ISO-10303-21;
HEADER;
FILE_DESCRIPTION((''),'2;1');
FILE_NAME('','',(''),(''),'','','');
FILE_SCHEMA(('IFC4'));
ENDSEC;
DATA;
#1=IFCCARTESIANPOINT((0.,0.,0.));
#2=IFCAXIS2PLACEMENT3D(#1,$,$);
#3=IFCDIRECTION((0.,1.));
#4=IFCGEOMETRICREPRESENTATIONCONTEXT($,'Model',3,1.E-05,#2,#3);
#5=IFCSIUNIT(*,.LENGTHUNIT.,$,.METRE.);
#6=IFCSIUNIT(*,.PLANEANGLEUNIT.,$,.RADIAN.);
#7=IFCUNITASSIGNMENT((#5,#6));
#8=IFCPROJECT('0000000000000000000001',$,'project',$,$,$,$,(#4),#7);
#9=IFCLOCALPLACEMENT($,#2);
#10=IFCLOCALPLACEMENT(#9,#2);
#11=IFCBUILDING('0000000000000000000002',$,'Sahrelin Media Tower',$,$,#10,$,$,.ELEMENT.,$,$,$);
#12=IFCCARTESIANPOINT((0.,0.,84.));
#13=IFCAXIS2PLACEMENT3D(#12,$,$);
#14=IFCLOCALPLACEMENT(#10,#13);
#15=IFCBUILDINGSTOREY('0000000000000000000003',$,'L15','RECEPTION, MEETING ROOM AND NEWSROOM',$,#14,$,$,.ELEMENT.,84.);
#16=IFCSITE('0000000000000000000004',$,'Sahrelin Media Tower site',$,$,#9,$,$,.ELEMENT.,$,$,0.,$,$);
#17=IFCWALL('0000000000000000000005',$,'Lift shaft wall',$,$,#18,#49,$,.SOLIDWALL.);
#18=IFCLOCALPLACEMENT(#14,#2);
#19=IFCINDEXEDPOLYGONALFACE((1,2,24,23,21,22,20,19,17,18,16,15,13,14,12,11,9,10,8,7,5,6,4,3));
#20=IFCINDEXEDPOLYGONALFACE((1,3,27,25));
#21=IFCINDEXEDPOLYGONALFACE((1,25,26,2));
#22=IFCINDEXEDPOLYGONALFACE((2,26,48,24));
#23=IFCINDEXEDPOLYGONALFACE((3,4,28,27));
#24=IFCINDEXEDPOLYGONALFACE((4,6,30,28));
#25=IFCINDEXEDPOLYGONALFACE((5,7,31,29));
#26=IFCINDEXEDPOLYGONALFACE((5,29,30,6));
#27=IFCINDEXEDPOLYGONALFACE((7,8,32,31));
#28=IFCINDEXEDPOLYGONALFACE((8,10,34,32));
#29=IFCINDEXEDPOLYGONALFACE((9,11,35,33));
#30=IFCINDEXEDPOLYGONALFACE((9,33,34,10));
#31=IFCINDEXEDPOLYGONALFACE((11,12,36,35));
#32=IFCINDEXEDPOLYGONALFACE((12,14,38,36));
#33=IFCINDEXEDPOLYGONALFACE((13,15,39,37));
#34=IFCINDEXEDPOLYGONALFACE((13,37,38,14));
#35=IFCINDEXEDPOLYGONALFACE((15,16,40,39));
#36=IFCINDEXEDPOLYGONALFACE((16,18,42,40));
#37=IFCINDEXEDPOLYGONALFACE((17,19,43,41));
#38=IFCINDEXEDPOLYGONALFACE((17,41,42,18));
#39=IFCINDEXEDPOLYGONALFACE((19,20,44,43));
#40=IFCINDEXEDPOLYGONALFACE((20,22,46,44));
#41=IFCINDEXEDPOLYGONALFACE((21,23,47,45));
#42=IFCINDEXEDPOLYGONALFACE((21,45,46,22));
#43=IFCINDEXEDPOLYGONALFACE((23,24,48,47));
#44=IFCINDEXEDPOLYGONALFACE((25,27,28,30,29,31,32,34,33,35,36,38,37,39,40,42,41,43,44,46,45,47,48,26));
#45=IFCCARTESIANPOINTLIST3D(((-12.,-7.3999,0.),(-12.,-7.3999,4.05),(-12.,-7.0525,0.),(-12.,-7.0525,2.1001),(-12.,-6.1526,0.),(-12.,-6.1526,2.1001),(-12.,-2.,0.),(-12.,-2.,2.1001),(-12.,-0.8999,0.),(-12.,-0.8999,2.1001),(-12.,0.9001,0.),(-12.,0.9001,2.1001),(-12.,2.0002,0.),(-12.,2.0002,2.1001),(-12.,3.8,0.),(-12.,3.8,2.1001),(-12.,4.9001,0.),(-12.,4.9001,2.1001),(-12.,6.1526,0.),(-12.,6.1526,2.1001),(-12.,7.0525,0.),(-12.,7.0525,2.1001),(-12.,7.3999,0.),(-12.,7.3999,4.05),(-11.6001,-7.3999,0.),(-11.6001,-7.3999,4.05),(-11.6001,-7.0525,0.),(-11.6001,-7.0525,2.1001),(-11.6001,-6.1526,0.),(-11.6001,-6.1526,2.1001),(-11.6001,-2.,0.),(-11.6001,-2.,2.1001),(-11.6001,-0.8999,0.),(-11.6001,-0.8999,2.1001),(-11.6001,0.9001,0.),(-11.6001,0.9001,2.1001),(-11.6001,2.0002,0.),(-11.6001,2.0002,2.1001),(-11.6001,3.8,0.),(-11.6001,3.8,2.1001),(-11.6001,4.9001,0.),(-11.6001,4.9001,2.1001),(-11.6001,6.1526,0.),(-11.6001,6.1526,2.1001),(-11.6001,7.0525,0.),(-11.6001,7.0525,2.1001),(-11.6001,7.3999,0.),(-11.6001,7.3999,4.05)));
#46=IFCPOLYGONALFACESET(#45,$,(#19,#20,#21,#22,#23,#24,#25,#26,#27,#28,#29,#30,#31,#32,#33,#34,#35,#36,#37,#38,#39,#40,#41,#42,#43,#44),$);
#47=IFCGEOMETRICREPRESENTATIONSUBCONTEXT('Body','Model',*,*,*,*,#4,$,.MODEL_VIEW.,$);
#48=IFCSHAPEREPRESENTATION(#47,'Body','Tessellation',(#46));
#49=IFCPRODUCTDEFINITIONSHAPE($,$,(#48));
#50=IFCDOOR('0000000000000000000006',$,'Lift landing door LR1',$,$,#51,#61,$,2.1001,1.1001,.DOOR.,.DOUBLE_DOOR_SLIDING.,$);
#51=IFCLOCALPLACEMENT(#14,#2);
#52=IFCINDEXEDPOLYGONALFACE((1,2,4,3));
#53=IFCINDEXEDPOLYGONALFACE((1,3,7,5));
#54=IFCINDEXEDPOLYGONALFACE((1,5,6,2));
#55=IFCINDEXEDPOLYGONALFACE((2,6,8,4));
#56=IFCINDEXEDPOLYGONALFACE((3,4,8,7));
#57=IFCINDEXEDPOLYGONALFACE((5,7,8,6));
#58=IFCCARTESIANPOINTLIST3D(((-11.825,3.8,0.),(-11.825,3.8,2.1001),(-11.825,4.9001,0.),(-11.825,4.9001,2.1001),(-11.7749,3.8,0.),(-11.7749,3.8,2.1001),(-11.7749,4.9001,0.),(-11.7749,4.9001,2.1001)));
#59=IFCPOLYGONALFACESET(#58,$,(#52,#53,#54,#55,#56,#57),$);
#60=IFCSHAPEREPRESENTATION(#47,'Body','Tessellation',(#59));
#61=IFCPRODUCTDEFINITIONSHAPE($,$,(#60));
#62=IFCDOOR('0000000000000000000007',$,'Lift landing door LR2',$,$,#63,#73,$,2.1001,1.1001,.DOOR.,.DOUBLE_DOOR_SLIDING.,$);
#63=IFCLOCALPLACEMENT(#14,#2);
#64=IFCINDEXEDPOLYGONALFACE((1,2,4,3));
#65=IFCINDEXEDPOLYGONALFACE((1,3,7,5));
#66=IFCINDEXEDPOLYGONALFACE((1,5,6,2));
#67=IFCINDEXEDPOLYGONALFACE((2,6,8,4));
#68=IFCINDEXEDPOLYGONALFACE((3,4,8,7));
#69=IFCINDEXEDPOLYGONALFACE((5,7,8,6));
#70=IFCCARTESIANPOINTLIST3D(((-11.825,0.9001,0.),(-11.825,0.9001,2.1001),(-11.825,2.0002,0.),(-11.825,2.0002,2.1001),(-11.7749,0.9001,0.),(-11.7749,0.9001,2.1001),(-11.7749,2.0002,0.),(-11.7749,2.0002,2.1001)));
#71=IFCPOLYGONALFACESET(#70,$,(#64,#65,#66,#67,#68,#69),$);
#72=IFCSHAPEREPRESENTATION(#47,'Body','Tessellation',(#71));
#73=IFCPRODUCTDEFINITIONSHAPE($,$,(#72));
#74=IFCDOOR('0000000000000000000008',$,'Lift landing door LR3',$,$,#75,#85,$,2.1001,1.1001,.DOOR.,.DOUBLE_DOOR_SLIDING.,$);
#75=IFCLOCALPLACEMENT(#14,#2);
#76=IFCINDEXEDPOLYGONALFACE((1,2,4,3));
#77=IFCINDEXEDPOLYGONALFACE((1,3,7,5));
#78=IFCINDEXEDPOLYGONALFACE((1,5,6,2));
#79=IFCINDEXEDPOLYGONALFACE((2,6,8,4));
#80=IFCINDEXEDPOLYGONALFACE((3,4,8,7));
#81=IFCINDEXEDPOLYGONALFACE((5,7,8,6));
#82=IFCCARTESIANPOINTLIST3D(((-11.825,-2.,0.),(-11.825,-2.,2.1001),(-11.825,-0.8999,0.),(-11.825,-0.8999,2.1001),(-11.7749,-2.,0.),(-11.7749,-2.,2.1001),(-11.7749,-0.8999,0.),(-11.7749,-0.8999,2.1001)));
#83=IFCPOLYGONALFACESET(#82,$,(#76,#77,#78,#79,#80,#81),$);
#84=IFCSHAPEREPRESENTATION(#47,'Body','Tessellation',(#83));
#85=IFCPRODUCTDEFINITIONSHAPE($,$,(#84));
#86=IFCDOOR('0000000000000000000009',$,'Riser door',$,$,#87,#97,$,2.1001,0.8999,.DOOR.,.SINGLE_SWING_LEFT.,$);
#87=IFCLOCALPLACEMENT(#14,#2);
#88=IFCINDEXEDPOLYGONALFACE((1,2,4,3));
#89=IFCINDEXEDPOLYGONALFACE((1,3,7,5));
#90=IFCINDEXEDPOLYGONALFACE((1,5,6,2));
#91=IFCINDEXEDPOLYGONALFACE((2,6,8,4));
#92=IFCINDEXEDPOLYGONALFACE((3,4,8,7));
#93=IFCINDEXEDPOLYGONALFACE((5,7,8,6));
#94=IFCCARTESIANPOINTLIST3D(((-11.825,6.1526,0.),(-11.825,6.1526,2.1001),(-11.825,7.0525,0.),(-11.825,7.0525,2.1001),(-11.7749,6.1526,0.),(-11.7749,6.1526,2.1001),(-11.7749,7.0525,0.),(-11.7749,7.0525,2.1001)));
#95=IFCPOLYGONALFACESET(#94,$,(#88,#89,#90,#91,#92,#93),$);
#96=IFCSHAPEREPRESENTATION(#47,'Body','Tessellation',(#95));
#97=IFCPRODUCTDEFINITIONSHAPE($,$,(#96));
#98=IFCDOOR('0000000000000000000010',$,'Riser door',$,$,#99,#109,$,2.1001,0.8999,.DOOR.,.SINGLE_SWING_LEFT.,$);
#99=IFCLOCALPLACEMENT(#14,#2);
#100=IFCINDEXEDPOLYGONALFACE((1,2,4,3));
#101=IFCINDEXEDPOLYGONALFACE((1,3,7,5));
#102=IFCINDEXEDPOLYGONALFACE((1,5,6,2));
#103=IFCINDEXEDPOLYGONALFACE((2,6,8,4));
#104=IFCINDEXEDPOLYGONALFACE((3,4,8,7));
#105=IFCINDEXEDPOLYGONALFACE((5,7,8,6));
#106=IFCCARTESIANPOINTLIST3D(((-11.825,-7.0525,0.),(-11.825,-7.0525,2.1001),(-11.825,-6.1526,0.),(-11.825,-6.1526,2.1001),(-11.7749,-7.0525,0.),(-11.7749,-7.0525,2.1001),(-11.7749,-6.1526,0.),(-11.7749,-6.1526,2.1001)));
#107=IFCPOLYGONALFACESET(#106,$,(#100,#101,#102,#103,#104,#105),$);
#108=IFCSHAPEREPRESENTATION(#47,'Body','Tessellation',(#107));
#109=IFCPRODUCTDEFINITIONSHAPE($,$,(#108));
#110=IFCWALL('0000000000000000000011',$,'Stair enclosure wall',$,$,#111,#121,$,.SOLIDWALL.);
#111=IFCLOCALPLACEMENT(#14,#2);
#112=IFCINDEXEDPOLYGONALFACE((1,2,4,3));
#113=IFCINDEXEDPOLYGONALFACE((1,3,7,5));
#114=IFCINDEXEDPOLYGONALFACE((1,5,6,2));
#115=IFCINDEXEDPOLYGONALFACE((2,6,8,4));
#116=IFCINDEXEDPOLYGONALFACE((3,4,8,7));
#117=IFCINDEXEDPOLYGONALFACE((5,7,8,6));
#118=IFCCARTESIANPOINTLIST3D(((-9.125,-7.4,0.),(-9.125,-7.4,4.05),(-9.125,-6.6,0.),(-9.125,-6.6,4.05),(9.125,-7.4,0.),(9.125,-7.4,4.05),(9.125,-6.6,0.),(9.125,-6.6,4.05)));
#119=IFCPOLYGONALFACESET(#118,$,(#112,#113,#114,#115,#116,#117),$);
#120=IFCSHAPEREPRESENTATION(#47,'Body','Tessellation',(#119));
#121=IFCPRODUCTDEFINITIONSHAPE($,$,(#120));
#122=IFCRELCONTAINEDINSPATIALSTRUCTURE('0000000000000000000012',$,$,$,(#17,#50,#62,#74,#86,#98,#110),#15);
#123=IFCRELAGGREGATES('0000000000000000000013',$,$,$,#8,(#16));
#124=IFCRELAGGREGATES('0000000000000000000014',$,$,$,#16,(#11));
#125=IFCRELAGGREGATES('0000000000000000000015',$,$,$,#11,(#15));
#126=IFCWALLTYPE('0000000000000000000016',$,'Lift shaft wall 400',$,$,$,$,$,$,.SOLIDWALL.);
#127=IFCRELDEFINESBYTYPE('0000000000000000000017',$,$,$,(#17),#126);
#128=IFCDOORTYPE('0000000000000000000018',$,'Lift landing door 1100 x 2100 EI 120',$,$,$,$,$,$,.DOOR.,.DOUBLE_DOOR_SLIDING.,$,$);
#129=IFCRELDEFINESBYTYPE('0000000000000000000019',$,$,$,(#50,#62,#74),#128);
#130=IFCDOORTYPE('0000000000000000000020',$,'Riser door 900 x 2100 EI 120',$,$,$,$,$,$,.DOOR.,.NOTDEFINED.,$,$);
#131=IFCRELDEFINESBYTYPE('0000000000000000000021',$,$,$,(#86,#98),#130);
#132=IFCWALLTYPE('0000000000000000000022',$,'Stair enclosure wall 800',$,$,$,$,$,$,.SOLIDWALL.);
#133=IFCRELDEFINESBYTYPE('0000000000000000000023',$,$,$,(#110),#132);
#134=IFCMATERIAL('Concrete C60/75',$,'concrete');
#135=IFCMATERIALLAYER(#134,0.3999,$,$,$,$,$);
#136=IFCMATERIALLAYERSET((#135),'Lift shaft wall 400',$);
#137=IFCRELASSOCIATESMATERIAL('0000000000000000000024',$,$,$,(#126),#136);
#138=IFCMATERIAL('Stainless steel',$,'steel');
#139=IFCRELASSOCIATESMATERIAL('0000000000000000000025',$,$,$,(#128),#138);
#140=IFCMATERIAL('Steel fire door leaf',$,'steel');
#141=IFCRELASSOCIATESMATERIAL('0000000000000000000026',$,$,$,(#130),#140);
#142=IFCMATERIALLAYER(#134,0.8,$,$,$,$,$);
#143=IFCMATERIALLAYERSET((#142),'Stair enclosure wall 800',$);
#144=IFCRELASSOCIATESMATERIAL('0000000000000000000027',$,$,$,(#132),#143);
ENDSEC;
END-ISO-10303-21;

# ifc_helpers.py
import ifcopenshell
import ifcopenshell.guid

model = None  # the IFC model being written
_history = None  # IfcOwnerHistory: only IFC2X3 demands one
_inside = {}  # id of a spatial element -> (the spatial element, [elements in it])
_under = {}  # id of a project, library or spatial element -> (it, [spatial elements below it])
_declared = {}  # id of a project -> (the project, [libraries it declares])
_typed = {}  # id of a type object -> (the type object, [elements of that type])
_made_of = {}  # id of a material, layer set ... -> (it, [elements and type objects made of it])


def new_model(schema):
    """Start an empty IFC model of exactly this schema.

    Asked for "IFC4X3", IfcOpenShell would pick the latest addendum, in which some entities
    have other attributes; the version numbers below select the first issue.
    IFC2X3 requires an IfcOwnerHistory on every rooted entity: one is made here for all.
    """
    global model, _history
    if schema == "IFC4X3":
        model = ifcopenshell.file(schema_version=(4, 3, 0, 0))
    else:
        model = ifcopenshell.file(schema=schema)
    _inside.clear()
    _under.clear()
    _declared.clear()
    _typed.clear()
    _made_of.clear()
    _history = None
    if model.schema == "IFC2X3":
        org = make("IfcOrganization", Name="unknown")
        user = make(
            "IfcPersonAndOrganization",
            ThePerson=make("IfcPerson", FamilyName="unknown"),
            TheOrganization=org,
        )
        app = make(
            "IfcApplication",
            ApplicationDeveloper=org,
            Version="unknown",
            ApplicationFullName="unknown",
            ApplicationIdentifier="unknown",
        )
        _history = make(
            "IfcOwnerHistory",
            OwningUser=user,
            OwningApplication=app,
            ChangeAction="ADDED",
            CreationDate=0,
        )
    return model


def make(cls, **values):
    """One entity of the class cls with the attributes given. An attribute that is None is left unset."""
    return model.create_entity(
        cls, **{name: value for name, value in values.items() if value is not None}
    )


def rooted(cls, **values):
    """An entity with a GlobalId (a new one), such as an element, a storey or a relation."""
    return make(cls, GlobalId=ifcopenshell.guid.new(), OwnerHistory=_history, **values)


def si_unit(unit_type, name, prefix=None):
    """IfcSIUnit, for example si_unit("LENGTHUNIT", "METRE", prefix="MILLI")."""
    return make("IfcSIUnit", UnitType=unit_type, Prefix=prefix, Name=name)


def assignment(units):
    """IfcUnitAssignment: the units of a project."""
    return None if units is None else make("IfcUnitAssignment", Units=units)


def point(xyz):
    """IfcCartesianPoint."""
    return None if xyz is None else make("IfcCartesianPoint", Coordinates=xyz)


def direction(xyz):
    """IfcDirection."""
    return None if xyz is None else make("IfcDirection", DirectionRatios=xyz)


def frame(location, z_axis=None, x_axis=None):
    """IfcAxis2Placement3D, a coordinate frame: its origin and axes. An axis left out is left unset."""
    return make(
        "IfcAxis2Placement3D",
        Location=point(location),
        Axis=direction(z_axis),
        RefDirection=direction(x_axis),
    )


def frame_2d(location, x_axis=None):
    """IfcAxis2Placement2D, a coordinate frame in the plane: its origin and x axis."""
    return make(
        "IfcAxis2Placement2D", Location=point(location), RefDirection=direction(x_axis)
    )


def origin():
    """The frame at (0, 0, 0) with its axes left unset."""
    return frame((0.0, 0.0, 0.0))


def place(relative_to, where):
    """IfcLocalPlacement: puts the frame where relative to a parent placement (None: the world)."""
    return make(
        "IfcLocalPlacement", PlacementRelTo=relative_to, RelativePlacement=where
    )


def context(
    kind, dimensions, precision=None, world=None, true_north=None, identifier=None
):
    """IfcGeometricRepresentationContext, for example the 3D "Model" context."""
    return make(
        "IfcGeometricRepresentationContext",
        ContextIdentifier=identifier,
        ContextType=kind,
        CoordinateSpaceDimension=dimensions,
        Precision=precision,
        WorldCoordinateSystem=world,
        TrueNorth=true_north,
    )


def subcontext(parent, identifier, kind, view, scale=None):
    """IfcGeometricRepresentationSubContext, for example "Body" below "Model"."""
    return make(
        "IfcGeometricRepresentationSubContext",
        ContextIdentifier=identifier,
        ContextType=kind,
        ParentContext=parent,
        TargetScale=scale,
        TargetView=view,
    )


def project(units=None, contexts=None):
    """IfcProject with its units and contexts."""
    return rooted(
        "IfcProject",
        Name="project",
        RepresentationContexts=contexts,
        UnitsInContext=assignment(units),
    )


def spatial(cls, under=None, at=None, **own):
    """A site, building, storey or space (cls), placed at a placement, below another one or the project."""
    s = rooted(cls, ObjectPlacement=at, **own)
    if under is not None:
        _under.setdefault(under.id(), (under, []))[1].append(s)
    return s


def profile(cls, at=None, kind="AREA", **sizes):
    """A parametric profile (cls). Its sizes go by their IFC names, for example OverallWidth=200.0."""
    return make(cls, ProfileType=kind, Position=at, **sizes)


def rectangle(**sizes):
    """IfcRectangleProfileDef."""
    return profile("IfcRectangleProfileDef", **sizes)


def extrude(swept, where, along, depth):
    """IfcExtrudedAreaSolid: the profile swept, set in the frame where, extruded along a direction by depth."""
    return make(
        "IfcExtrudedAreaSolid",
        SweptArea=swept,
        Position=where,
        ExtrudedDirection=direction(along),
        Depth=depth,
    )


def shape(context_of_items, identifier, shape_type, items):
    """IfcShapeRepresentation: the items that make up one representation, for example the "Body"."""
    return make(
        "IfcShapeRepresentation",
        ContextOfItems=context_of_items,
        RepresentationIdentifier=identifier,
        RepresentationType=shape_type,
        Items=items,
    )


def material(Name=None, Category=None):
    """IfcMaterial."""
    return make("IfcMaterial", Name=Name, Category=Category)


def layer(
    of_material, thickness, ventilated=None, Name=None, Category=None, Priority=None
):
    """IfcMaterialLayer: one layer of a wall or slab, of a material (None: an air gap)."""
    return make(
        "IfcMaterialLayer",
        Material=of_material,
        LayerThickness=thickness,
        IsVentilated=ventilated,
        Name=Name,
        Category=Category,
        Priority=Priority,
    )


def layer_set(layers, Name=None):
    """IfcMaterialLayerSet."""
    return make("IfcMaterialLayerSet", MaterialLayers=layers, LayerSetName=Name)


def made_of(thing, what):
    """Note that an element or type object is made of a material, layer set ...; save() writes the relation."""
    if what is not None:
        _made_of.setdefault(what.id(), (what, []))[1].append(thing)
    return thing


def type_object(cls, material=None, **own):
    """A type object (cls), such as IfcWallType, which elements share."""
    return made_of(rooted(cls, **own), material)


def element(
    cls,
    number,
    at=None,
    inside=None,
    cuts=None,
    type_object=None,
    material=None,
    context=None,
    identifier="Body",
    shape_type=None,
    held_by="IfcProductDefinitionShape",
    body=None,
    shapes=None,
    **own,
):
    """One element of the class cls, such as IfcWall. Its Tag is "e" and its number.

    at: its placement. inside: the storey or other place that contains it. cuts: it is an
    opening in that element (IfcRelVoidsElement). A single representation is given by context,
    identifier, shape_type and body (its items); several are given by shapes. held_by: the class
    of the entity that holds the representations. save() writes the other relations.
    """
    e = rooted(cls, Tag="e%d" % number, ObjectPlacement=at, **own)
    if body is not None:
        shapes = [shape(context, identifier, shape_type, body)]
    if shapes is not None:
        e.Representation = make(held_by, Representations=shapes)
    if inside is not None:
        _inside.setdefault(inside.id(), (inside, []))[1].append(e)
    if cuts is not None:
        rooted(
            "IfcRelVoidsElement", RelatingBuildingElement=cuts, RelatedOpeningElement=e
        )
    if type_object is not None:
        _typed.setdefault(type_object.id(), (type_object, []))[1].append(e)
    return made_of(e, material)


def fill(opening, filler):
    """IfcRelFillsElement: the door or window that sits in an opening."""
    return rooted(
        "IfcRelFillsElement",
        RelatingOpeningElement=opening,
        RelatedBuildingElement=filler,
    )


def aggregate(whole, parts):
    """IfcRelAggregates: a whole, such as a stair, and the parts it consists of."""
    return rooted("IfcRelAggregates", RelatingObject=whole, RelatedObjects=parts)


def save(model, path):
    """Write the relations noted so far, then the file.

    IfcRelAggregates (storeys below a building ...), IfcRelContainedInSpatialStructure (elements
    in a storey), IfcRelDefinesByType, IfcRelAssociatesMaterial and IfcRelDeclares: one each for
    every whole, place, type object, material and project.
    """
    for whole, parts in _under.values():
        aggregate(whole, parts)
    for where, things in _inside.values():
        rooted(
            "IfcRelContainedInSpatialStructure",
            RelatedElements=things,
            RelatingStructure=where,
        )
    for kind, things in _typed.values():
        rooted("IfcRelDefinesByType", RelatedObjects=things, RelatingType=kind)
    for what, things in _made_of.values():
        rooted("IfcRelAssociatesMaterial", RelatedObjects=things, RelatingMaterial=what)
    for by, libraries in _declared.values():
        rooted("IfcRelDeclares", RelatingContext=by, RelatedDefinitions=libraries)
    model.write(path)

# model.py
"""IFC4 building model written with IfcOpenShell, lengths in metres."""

from ifc_helpers import new_model, si_unit, direction, frame, frame_2d, origin, place, context, subcontext, project, spatial, rectangle, extrude, material, layer, layer_set, type_object, element, fill, save


model = new_model("IFC4")

# Units and contexts
model_context = context("Model", 3, precision=1e-05, world=origin(), true_north=direction((0.0, 1.0)))
body_context = subcontext(model_context, "Body", "Model", "MODEL_VIEW")
ifc_project = project(units=[si_unit("LENGTHUNIT", "METRE"), si_unit("PLANEANGLEUNIT", "RADIAN")], contexts=[model_context])

# Site, building, storey
site_placement = place(None, origin())
site = spatial("IfcSite", under=ifc_project, at=site_placement, Name="Sahrelin Media Tower site", CompositionType="ELEMENT", RefElevation=0.0)
building_placement = place(site_placement, origin())
building = spatial("IfcBuilding", under=site, at=building_placement, Name="Sahrelin Media Tower", CompositionType="ELEMENT")
storey_placement = place(building_placement, frame((0.0, 0.0, 84.0)))
storey = spatial("IfcBuildingStorey", under=building, at=storey_placement, Name="L15", Description="RECEPTION, MEETING ROOM AND NEWSROOM", CompositionType="ELEMENT", Elevation=84.0)

# Shared definitions
ifc_material_1 = material(Name="Concrete C60/75", Category="concrete")
ifc_material_2 = material(Name="Steel fire door leaf", Category="steel")

# Wall, openings, doors
ifc_layer_1 = layer(ifc_material_1, 0.3999)
ifc_layer_set_1 = layer_set([ifc_layer_1], Name="Lift shaft wall 400")
wall_type_1 = type_object("IfcWallType", Name="Lift shaft wall 400", PredefinedType="SOLIDWALL", material=ifc_layer_set_1)
wall_1_placement = place(storey_placement, frame((-11.8, -7.3999, 0.0), z_axis=(0.0, 0.0, 1.0), x_axis=(0.0, 1.0, 0.0)))
wall_1 = element("IfcWall", 1, at=wall_1_placement, inside=storey, type_object=wall_type_1, Name="Lift shaft wall", PredefinedType="SOLIDWALL", context=body_context, shape_type="SweptSolid", body=[
    extrude(rectangle(XDim=14.7998, YDim=0.3999, at=frame_2d((7.3999, 0.0))), origin(), (0.0, 0.0, 1.0), 4.05),
])
opening_1_placement = place(wall_1_placement, frame((11.2, 0.0, 0.0)))
opening_1 = element("IfcOpeningElement", 2, at=opening_1_placement, cuts=wall_1, PredefinedType="OPENING", context=body_context, shape_type="SweptSolid", body=[
    extrude(rectangle(XDim=1.1001, YDim=2.1001, at=frame_2d((0.55, 1.05))), frame((0.0, 0.2, 0.0), z_axis=(0.0, -1.0, 0.0), x_axis=(1.0, 0.0, 0.0)), (0.0, 0.0, 1.0), 0.3999),
])
opening_2_placement = place(wall_1_placement, frame((8.3, 0.0, 0.0)))
opening_2 = element("IfcOpeningElement", 3, at=opening_2_placement, cuts=wall_1, PredefinedType="OPENING", context=body_context, shape_type="SweptSolid", body=[
    extrude(rectangle(XDim=1.1001, YDim=2.1001, at=frame_2d((0.55, 1.05))), frame((0.0, 0.2, 0.0), z_axis=(0.0, -1.0, 0.0), x_axis=(1.0, 0.0, 0.0)), (0.0, 0.0, 1.0), 0.3999),
])
opening_3_placement = place(wall_1_placement, frame((5.3999, 0.0, 0.0)))
opening_3 = element("IfcOpeningElement", 4, at=opening_3_placement, cuts=wall_1, PredefinedType="OPENING", context=body_context, shape_type="SweptSolid", body=[
    extrude(rectangle(XDim=1.1001, YDim=2.1001, at=frame_2d((0.55, 1.05))), frame((0.0, 0.2, 0.0), z_axis=(0.0, -1.0, 0.0), x_axis=(1.0, 0.0, 0.0)), (0.0, 0.0, 1.0), 0.3999),
])
opening_4_placement = place(wall_1_placement, frame((13.5525, 0.0, 0.0)))
opening_4 = element("IfcOpeningElement", 5, at=opening_4_placement, cuts=wall_1, PredefinedType="OPENING", context=body_context, shape_type="SweptSolid", body=[
    extrude(rectangle(XDim=0.8999, YDim=2.1001, at=frame_2d((0.45, 1.05))), frame((0.0, 0.2, 0.0), z_axis=(0.0, -1.0, 0.0), x_axis=(1.0, 0.0, 0.0)), (0.0, 0.0, 1.0), 0.3999),
])
opening_5_placement = place(wall_1_placement, frame((0.3474, 0.0, 0.0)))
opening_5 = element("IfcOpeningElement", 6, at=opening_5_placement, cuts=wall_1, PredefinedType="OPENING", context=body_context, shape_type="SweptSolid", body=[
    extrude(rectangle(XDim=0.8999, YDim=2.1001, at=frame_2d((0.45, 1.05))), frame((0.0, 0.2, 0.0), z_axis=(0.0, -1.0, 0.0), x_axis=(1.0, 0.0, 0.0)), (0.0, 0.0, 1.0), 0.3999),
])
ifc_material_3 = material(Name="Stainless steel", Category="steel")
door_type_1 = type_object("IfcDoorType", Name="Lift landing door 1100 x 2100 EI 120", OperationType="DOUBLE_DOOR_SLIDING", PredefinedType="DOOR", material=ifc_material_3)
door_1_placement = place(opening_1_placement, origin())
door_1 = element("IfcDoor", 7, at=door_1_placement, inside=storey, type_object=door_type_1, Name="Lift landing door LR1", OperationType="DOUBLE_DOOR_SLIDING", OverallHeight=2.1001, OverallWidth=1.1001, PredefinedType="DOOR", context=body_context, shape_type="SweptSolid", body=[
    extrude(rectangle(XDim=1.1001, YDim=2.1001, at=frame_2d((0.55, 1.05))), frame((0.0, 0.0249, 0.0), z_axis=(0.0, -1.0, 0.0), x_axis=(1.0, 0.0, 0.0)), (0.0, 0.0, 1.0), 0.05),
])
fill(opening_1, door_1)
door_2_placement = place(opening_2_placement, origin())
door_2 = element("IfcDoor", 8, at=door_2_placement, inside=storey, type_object=door_type_1, Name="Lift landing door LR2", OperationType="DOUBLE_DOOR_SLIDING", OverallHeight=2.1001, OverallWidth=1.1001, PredefinedType="DOOR", context=body_context, shape_type="SweptSolid", body=[
    extrude(rectangle(XDim=1.1001, YDim=2.1001, at=frame_2d((0.55, 1.05))), frame((0.0, 0.0249, 0.0), z_axis=(0.0, -1.0, 0.0), x_axis=(1.0, 0.0, 0.0)), (0.0, 0.0, 1.0), 0.05),
])
fill(opening_2, door_2)
door_3_placement = place(opening_3_placement, origin())
door_3 = element("IfcDoor", 9, at=door_3_placement, inside=storey, type_object=door_type_1, Name="Lift landing door LR3", OperationType="DOUBLE_DOOR_SLIDING", OverallHeight=2.1001, OverallWidth=1.1001, PredefinedType="DOOR", context=body_context, shape_type="SweptSolid", body=[
    extrude(rectangle(XDim=1.1001, YDim=2.1001, at=frame_2d((0.55, 1.05))), frame((0.0, 0.0249, 0.0), z_axis=(0.0, -1.0, 0.0), x_axis=(1.0, 0.0, 0.0)), (0.0, 0.0, 1.0), 0.05),
])
fill(opening_3, door_3)
door_type_2 = type_object("IfcDoorType", Name="Riser door 900 x 2100 EI 120", OperationType="NOTDEFINED", PredefinedType="DOOR", material=ifc_material_2)
door_4_placement = place(opening_4_placement, origin())
door_4 = element("IfcDoor", 10, at=door_4_placement, inside=storey, type_object=door_type_2, Name="Riser door", OperationType="SINGLE_SWING_LEFT", OverallHeight=2.1001, OverallWidth=0.8999, PredefinedType="DOOR", context=body_context, shape_type="SweptSolid", body=[
    extrude(rectangle(XDim=0.8999, YDim=2.1001, at=frame_2d((0.45, 1.05))), frame((0.0, 0.0249, 0.0), z_axis=(0.0, -1.0, 0.0), x_axis=(1.0, 0.0, 0.0)), (0.0, 0.0, 1.0), 0.05),
])
fill(opening_4, door_4)
door_5_placement = place(opening_5_placement, origin())
door_5 = element("IfcDoor", 11, at=door_5_placement, inside=storey, type_object=door_type_2, Name="Riser door", OperationType="SINGLE_SWING_LEFT", OverallHeight=2.1001, OverallWidth=0.8999, PredefinedType="DOOR", context=body_context, shape_type="SweptSolid", body=[
    extrude(rectangle(XDim=0.8999, YDim=2.1001, at=frame_2d((0.45, 1.05))), frame((0.0, 0.0249, 0.0), z_axis=(0.0, -1.0, 0.0), x_axis=(1.0, 0.0, 0.0)), (0.0, 0.0, 1.0), 0.05),
])
fill(opening_5, door_5)

# Wall
ifc_layer_2 = layer(ifc_material_1, 0.8)
ifc_layer_set_2 = layer_set([ifc_layer_2], Name="Stair enclosure wall 800")
wall_type_2 = type_object("IfcWallType", Name="Stair enclosure wall 800", PredefinedType="SOLIDWALL", material=ifc_layer_set_2)
wall_2_placement = place(storey_placement, frame((-9.125, -7.0, 0.0), z_axis=(0.0, 0.0, 1.0), x_axis=(1.0, 0.0, 0.0)))
element("IfcWall", 12, at=wall_2_placement, inside=storey, type_object=wall_type_2, Name="Stair enclosure wall", PredefinedType="SOLIDWALL", context=body_context, shape_type="SweptSolid", body=[
    extrude(rectangle(XDim=18.25, YDim=0.8, at=frame_2d((9.125, 0.0))), origin(), (0.0, 0.0, 1.0), 4.05),
])

save(model, "model.ifc")
